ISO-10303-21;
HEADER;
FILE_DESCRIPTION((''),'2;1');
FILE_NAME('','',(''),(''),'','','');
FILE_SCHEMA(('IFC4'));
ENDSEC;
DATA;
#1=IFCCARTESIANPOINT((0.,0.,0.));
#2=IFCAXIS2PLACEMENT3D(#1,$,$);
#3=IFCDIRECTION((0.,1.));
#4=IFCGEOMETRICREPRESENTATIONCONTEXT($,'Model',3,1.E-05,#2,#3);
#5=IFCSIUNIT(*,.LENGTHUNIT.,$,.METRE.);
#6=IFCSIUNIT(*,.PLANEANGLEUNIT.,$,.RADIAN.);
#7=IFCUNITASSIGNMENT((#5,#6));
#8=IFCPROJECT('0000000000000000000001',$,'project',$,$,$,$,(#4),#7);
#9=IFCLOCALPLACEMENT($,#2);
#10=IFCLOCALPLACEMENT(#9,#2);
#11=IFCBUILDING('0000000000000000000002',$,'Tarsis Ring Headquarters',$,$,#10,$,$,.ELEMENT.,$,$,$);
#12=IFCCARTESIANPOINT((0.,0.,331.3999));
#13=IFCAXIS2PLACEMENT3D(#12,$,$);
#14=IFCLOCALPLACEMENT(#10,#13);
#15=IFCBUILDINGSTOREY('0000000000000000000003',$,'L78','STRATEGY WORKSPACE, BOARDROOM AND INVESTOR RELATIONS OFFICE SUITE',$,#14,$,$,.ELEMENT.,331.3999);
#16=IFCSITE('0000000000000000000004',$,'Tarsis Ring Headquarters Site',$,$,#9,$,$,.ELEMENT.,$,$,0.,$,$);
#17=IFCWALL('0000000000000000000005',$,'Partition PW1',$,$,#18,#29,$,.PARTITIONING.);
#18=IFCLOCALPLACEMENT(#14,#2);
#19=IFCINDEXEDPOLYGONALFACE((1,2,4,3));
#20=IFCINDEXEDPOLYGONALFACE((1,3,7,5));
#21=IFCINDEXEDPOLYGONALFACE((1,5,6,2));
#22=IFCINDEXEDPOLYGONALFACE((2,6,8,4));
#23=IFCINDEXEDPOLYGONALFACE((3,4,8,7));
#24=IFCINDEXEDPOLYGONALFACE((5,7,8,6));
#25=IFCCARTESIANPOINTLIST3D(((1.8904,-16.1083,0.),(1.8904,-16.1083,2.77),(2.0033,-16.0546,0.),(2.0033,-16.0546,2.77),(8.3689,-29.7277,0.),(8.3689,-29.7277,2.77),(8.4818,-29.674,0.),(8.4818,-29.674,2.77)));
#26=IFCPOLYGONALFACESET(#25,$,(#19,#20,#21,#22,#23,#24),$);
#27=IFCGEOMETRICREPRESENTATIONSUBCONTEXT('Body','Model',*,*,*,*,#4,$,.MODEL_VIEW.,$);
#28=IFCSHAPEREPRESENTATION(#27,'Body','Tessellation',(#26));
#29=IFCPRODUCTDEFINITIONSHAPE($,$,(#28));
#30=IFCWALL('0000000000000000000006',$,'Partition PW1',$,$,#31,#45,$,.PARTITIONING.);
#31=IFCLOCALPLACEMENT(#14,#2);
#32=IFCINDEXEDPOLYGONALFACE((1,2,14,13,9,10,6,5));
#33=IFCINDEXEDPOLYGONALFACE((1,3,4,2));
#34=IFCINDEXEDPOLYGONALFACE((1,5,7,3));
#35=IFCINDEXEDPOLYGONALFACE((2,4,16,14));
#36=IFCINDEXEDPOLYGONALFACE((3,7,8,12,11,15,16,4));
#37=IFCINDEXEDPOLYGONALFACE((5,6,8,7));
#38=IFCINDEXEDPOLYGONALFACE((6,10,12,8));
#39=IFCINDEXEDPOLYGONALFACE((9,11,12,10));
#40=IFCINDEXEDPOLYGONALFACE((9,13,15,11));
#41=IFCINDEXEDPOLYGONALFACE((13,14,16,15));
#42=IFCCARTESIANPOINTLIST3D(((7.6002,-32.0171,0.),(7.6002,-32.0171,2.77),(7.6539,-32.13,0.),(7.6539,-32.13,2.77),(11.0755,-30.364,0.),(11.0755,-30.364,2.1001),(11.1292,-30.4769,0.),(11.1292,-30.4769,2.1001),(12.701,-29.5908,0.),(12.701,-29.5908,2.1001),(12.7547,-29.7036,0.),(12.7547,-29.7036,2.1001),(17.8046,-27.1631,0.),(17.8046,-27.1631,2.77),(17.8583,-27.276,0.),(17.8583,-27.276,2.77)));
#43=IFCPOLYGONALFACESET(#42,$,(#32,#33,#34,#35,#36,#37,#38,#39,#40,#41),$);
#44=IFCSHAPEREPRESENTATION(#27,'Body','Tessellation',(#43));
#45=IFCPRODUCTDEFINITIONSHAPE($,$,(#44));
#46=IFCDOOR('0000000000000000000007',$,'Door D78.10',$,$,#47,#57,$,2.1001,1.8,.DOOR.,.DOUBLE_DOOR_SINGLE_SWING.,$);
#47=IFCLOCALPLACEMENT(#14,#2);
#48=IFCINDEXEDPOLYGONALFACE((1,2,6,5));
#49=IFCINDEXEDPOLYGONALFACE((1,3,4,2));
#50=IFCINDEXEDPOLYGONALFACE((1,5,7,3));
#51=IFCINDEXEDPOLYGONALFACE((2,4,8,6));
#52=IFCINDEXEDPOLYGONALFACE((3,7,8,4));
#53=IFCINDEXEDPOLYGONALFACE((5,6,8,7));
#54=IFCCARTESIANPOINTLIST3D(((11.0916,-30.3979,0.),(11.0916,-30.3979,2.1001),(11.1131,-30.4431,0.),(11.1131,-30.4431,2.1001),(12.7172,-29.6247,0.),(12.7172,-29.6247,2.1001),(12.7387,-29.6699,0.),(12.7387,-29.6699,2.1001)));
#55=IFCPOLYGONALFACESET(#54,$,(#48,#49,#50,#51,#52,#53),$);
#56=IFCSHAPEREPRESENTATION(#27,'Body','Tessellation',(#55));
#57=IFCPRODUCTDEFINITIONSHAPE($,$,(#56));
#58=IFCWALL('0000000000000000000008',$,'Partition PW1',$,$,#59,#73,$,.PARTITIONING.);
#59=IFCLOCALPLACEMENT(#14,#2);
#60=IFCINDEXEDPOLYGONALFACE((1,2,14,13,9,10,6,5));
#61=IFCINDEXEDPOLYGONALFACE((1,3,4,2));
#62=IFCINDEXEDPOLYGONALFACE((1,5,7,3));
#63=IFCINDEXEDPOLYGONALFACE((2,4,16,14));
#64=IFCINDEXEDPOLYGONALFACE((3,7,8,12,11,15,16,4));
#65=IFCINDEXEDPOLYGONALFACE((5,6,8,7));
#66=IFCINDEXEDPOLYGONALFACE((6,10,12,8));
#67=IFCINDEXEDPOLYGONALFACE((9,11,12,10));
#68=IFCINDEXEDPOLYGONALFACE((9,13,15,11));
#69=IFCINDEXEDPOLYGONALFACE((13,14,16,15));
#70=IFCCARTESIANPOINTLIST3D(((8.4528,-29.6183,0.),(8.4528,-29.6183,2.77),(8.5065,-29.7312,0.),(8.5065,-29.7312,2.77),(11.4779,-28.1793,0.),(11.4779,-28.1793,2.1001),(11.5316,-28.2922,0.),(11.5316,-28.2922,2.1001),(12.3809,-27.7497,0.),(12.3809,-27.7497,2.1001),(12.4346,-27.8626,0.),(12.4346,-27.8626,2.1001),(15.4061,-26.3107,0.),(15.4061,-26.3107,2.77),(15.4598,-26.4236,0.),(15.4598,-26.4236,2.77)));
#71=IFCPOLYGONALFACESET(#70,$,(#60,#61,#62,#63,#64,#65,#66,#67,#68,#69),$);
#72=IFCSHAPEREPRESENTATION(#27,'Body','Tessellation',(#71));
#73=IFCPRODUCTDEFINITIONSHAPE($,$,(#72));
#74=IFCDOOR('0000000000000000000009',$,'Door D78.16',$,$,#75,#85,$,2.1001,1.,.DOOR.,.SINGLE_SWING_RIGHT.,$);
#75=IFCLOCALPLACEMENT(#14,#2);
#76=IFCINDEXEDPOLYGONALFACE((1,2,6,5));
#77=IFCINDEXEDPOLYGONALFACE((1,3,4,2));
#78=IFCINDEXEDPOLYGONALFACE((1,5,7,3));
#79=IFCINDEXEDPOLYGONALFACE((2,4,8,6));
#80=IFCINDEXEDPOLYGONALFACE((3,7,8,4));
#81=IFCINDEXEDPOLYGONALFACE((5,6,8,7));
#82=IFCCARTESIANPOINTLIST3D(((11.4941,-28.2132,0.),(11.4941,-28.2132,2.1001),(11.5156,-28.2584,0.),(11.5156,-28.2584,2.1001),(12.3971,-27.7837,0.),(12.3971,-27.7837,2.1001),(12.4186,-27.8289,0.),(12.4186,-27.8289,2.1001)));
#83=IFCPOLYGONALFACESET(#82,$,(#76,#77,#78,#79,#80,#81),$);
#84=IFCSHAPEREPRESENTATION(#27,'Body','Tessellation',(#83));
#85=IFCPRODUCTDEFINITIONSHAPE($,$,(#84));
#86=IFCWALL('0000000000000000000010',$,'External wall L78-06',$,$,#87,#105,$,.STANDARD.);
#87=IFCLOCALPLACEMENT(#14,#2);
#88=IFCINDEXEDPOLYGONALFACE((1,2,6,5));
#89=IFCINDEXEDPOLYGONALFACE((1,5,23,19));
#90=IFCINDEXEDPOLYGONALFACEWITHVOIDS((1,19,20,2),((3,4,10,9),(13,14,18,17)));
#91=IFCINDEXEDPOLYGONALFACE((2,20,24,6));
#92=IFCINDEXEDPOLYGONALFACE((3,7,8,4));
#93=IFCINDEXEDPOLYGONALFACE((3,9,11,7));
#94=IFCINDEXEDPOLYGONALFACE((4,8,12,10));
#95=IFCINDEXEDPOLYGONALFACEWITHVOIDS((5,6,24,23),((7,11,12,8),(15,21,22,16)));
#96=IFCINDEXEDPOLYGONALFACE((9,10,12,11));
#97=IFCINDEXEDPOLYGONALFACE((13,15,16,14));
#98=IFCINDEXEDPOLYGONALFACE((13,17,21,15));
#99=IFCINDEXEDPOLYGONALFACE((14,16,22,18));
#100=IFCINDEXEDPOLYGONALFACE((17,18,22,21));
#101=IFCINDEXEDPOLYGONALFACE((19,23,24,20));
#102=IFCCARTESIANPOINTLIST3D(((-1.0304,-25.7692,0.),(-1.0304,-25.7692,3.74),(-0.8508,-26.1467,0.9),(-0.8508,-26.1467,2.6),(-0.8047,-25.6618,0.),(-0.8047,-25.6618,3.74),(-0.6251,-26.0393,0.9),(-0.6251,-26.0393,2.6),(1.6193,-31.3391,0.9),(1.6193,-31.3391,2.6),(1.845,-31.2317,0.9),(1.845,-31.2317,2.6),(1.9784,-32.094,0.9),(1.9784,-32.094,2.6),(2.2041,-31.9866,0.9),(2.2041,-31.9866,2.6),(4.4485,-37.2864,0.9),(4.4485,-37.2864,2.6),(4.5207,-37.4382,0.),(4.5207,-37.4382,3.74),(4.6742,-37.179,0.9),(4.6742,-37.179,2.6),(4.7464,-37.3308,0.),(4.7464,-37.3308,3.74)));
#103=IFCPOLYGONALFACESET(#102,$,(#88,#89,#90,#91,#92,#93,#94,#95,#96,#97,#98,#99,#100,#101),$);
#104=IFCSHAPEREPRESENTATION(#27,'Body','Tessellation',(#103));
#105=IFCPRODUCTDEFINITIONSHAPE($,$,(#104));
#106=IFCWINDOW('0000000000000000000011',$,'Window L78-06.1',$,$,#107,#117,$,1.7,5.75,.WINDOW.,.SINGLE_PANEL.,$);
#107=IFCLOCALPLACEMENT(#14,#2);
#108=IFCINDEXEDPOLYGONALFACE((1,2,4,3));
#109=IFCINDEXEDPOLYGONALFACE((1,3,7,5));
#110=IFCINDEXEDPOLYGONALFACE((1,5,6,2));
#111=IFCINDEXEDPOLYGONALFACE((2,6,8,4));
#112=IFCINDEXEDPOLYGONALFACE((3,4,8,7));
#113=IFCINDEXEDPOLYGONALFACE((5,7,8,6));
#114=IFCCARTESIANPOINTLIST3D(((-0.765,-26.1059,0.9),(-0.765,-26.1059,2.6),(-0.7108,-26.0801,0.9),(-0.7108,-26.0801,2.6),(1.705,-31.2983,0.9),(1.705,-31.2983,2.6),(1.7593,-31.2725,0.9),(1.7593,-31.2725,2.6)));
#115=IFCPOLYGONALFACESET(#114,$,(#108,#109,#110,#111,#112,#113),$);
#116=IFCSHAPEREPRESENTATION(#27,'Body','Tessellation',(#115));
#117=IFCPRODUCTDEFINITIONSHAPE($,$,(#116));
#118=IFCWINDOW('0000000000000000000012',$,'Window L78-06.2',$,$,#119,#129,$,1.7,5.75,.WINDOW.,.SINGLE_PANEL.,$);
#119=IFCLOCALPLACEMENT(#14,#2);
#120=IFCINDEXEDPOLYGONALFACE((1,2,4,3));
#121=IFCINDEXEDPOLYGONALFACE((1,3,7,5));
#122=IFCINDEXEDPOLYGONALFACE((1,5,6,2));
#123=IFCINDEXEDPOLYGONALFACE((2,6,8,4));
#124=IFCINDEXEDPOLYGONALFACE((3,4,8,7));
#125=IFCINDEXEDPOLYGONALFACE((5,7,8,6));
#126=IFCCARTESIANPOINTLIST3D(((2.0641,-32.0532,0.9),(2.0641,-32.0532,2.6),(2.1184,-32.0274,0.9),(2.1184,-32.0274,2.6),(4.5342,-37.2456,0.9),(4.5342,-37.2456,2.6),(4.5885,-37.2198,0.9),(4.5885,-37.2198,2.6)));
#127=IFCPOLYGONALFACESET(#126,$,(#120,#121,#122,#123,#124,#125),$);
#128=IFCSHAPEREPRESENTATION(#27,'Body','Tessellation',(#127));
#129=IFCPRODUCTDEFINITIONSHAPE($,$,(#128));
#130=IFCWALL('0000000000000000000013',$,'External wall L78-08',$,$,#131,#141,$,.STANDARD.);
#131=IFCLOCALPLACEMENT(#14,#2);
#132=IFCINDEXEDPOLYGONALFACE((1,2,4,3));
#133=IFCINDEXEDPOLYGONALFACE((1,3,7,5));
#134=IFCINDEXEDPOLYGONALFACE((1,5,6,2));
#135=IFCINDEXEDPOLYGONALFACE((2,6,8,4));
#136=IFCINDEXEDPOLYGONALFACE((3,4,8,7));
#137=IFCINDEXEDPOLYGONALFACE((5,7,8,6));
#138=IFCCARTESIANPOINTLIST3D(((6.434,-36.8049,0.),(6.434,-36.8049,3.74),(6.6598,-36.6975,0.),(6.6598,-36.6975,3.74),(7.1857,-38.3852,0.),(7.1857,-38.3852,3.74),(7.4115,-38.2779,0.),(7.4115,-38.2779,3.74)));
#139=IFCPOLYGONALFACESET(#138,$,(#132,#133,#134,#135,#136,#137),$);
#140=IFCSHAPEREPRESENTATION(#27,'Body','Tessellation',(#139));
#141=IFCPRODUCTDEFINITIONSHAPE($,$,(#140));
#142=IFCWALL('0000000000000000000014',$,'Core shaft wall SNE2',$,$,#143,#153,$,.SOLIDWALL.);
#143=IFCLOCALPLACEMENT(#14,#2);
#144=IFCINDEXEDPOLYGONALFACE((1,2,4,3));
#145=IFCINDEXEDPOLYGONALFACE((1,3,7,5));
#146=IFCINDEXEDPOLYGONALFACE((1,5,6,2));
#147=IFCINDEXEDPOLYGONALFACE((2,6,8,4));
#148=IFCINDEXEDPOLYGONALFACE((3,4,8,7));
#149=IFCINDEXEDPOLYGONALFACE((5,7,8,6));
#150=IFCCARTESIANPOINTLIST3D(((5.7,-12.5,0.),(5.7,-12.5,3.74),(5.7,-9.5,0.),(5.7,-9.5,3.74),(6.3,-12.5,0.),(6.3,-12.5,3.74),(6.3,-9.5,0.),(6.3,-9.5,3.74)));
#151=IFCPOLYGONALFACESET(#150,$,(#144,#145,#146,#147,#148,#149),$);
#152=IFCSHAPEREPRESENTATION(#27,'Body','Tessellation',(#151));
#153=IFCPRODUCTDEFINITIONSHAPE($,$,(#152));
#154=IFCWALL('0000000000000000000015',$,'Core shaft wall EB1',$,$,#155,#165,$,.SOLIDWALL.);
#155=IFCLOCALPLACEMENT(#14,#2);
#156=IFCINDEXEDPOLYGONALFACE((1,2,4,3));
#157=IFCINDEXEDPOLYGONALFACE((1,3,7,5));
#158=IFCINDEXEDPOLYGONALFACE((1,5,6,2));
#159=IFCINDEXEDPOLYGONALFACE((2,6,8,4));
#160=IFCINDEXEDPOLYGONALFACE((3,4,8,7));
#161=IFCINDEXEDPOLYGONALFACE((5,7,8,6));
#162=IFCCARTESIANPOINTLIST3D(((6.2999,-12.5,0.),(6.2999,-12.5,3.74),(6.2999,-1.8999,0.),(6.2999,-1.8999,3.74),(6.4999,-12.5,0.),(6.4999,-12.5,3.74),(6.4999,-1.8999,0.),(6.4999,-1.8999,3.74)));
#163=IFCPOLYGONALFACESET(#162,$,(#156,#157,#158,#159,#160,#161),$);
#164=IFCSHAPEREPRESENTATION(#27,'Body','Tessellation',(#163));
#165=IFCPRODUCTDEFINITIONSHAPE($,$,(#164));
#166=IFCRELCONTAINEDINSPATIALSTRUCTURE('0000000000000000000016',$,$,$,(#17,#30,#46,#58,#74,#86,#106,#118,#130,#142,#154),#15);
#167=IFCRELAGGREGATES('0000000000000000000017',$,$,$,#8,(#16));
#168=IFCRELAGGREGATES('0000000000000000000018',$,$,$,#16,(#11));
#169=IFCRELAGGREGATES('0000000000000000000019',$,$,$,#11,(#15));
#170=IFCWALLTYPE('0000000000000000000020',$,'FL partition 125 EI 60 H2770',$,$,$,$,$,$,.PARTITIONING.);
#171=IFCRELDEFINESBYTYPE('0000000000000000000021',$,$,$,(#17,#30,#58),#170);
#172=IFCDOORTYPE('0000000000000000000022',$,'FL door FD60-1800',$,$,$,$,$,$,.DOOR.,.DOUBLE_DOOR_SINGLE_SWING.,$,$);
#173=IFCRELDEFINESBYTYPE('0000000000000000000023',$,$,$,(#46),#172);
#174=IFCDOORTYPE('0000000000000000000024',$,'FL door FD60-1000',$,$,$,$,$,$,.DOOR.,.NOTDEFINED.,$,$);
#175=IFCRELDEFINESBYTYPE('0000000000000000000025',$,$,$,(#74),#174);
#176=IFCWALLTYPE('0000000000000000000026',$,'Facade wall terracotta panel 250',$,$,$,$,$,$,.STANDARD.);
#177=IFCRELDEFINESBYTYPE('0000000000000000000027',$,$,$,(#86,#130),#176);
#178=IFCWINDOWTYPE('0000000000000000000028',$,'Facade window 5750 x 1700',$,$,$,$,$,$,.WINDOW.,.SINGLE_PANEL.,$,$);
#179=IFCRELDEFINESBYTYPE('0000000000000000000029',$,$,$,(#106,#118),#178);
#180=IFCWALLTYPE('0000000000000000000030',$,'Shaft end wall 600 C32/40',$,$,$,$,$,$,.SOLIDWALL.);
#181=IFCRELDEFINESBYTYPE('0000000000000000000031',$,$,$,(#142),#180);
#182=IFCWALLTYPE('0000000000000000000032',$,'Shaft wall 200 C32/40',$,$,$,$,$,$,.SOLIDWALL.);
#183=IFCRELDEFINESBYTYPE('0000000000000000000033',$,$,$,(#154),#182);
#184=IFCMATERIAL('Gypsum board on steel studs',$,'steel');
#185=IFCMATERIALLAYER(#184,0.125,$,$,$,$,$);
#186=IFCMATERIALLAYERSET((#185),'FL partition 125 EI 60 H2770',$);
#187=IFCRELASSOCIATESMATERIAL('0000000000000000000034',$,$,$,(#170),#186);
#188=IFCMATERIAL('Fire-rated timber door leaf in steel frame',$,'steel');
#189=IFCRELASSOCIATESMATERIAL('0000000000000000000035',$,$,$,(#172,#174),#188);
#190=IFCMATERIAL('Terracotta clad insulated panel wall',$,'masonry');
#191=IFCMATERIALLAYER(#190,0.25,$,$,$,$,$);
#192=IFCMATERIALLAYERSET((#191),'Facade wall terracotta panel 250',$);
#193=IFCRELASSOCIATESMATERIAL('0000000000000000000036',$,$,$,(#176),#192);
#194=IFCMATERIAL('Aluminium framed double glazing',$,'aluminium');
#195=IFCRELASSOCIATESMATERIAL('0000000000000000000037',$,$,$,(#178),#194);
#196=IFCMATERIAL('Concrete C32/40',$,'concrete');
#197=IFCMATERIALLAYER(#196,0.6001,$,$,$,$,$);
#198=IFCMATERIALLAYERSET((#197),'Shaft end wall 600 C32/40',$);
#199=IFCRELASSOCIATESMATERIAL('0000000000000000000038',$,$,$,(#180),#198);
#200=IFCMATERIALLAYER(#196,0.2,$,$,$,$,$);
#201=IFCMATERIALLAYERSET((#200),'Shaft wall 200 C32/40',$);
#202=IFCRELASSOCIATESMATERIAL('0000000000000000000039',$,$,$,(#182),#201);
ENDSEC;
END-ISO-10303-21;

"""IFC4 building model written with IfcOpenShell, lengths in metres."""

from ifc_helpers import new_model, si_unit, direction, frame, frame_2d, origin, place, context, subcontext, project, spatial, rectangle, extrude, material, layer, layer_set, type_object, element, fill, save


model = new_model("IFC4")

# Units and contexts
model_context = context("Model", 3, precision=1e-05, world=origin(), true_north=direction((0.0, 1.0)))
body_context = subcontext(model_context, "Body", "Model", "MODEL_VIEW")
ifc_project = project(units=[si_unit("LENGTHUNIT", "METRE"), si_unit("PLANEANGLEUNIT", "RADIAN")], contexts=[model_context])

# Site, building, storey
site_placement = place(None, origin())
site = spatial("IfcSite", under=ifc_project, at=site_placement, Name="Tarsis Ring Headquarters Site", CompositionType="ELEMENT", RefElevation=0.0)
building_placement = place(site_placement, origin())
building = spatial("IfcBuilding", under=site, at=building_placement, Name="Tarsis Ring Headquarters", CompositionType="ELEMENT")
storey_placement = place(building_placement, frame((0.0, 0.0, 331.3999)))
storey = spatial("IfcBuildingStorey", under=building, at=storey_placement, Name="L78", Description="STRATEGY WORKSPACE, BOARDROOM AND INVESTOR RELATIONS OFFICE SUITE", CompositionType="ELEMENT", Elevation=331.3999)

# Wall
ifc_material_1 = material(Name="Gypsum board on steel studs", Category="steel")
ifc_layer_1 = layer(ifc_material_1, 0.125)
ifc_layer_set_1 = layer_set([ifc_layer_1], Name="FL partition 125 EI 60 H2770")
wall_type_1 = type_object("IfcWallType", Name="FL partition 125 EI 60 H2770", PredefinedType="PARTITIONING", material=ifc_layer_set_1)
wall_1_placement = place(storey_placement, frame((1.9468, -16.0813, 0.0), z_axis=(0.0, 0.0, 1.0), x_axis=(0.42956, -0.903038, 0.0)))
element("IfcWall", 1, at=wall_1_placement, inside=storey, type_object=wall_type_1, Name="Partition PW1", PredefinedType="PARTITIONING", context=body_context, shape_type="SweptSolid", body=[
    extrude(rectangle(XDim=15.0818, YDim=0.125, at=frame_2d((7.541, 0.0))), origin(), (0.0, 0.0, 1.0), 2.77),
])

# Walls, openings, doors
wall_2_placement = place(storey_placement, frame((7.6272, -32.0735, 0.0), z_axis=(0.0, 0.0, 1.0), x_axis=(0.903039, 0.429558, 0.0)))
wall_2 = element("IfcWall", 2, at=wall_2_placement, inside=storey, type_object=wall_type_1, Name="Partition PW1", PredefinedType="PARTITIONING", context=body_context, shape_type="SweptSolid", body=[
    extrude(rectangle(XDim=11.3, YDim=0.125, at=frame_2d((5.6499, 0.0))), origin(), (0.0, 0.0, 1.0), 2.77),
])
opening_1_placement = place(wall_2_placement, frame((3.8484, 0.0, 0.0)))
opening_1 = element("IfcOpeningElement", 3, at=opening_1_placement, cuts=wall_2, PredefinedType="OPENING", context=body_context, shape_type="SweptSolid", body=[
    extrude(rectangle(XDim=1.8, YDim=2.1001, at=frame_2d((0.8999, 1.05))), frame((0.0, 0.0725, 0.0), z_axis=(0.0, -1.0, 0.0), x_axis=(1.0, 0.0, 0.0)), (0.0, 0.0, 1.0), 0.145),
])
ifc_material_2 = material(Name="Fire-rated timber door leaf in steel frame", Category="steel")
door_type_1 = type_object("IfcDoorType", Name="FL door FD60-1800", OperationType="DOUBLE_DOOR_SINGLE_SWING", PredefinedType="DOOR", material=ifc_material_2)
door_1_placement = place(opening_1_placement, origin())
door_1 = element("IfcDoor", 4, at=door_1_placement, inside=storey, type_object=door_type_1, Name="Door D78.10", OperationType="DOUBLE_DOOR_SINGLE_SWING", OverallHeight=2.1001, OverallWidth=1.8, PredefinedType="DOOR", context=body_context, shape_type="SweptSolid", body=[
    extrude(rectangle(XDim=1.8, YDim=2.1001, at=frame_2d((0.8999, 1.05))), frame((0.0, 0.0249, 0.0), z_axis=(0.0, -1.0, 0.0), x_axis=(1.0, 0.0, 0.0)), (0.0, 0.0, 1.0), 0.05),
])
fill(opening_1, door_1)
wall_3_placement = place(storey_placement, frame((8.4795, -29.6748, 0.0), z_axis=(0.0, 0.0, 1.0), x_axis=(0.903037, 0.429562, 0.0)))
wall_3 = element("IfcWall", 5, at=wall_3_placement, inside=storey, type_object=wall_type_1, Name="Partition PW1", PredefinedType="PARTITIONING", context=body_context, shape_type="SweptSolid", body=[
    extrude(rectangle(XDim=7.7, YDim=0.125, at=frame_2d((3.8501, 0.0))), origin(), (0.0, 0.0, 1.0), 2.77),
])
opening_2_placement = place(wall_3_placement, frame((3.3501, 0.0, 0.0)))
opening_2 = element("IfcOpeningElement", 6, at=opening_2_placement, cuts=wall_3, PredefinedType="OPENING", context=body_context, shape_type="SweptSolid", body=[
    extrude(rectangle(XDim=1.0, YDim=2.1001, at=frame_2d((0.5, 1.05))), frame((0.0, 0.0725, 0.0), z_axis=(0.0, -1.0, 0.0), x_axis=(1.0, 0.0, 0.0)), (0.0, 0.0, 1.0), 0.145),
])
door_type_2 = type_object("IfcDoorType", Name="FL door FD60-1000", OperationType="NOTDEFINED", PredefinedType="DOOR", material=ifc_material_2)
door_2_placement = place(opening_2_placement, origin())
door_2 = element("IfcDoor", 7, at=door_2_placement, inside=storey, type_object=door_type_2, Name="Door D78.16", OperationType="SINGLE_SWING_RIGHT", OverallHeight=2.1001, OverallWidth=1.0, PredefinedType="DOOR", context=body_context, shape_type="SweptSolid", body=[
    extrude(rectangle(XDim=1.0, YDim=2.1001, at=frame_2d((0.5, 1.05))), frame((0.0, 0.0249, 0.0), z_axis=(0.0, -1.0, 0.0), x_axis=(1.0, 0.0, 0.0)), (0.0, 0.0, 1.0), 0.05),
])
fill(opening_2, door_2)

# Wall, openings, windows
ifc_material_3 = material(Name="Terracotta clad insulated panel wall", Category="masonry")
ifc_layer_2 = layer(ifc_material_3, 0.25)
ifc_layer_set_2 = layer_set([ifc_layer_2], Name="Facade wall terracotta panel 250")
wall_type_2 = type_object("IfcWallType", Name="Facade wall terracotta panel 250", PredefinedType="STANDARD", material=ifc_layer_set_2)
wall_4_placement = place(storey_placement, frame((-0.9175, -25.7156, 0.0), z_axis=(0.0, 0.0, 1.0), x_axis=(0.429579, -0.903029, 0.0)))
wall_4 = element("IfcWall", 8, at=wall_4_placement, inside=storey, type_object=wall_type_2, Name="External wall L78-06", PredefinedType="STANDARD", context=body_context, shape_type="SweptSolid", body=[
    extrude(rectangle(XDim=12.9221, YDim=0.25, at=frame_2d((6.4609, 0.0))), origin(), (0.0, 0.0, 1.0), 3.74),
])
opening_3_placement = place(wall_4_placement, frame((0.418, 0.0, 0.8999)))
opening_3 = element("IfcOpeningElement", 9, at=opening_3_placement, cuts=wall_4, PredefinedType="OPENING", context=body_context, shape_type="SweptSolid", body=[
    extrude(rectangle(XDim=5.75, YDim=1.7, at=frame_2d((2.875, 0.8501))), frame((0.0, 0.135, 0.0), z_axis=(0.0, -1.0, 0.0), x_axis=(1.0, 0.0, 0.0)), (0.0, 0.0, 1.0), 0.27),
])
opening_4_placement = place(wall_4_placement, frame((7.0039, 0.0, 0.8999)))
opening_4 = element("IfcOpeningElement", 10, at=opening_4_placement, cuts=wall_4, PredefinedType="OPENING", context=body_context, shape_type="SweptSolid", body=[
    extrude(rectangle(XDim=5.75, YDim=1.7, at=frame_2d((2.875, 0.8501))), frame((0.0, 0.135, 0.0), z_axis=(0.0, -1.0, 0.0), x_axis=(1.0, 0.0, 0.0)), (0.0, 0.0, 1.0), 0.27),
])
ifc_material_4 = material(Name="Aluminium framed double glazing", Category="aluminium")
window_type = type_object("IfcWindowType", Name="Facade window 5750 x 1700", PartitioningType="SINGLE_PANEL", PredefinedType="WINDOW", material=ifc_material_4)
window_1_placement = place(opening_3_placement, origin())
window_1 = element("IfcWindow", 11, at=window_1_placement, inside=storey, type_object=window_type, Name="Window L78-06.1", OverallHeight=1.7, OverallWidth=5.75, PartitioningType="SINGLE_PANEL", PredefinedType="WINDOW", context=body_context, shape_type="SweptSolid", body=[
    extrude(rectangle(XDim=5.75, YDim=1.7, at=frame_2d((2.875, 0.8501))), frame((0.0, 0.03, 0.0), z_axis=(0.0, -1.0, 0.0), x_axis=(1.0, 0.0, 0.0)), (0.0, 0.0, 1.0), 0.0601),
])
fill(opening_3, window_1)
window_2_placement = place(opening_4_placement, origin())
window_2 = element("IfcWindow", 12, at=window_2_placement, inside=storey, type_object=window_type, Name="Window L78-06.2", OverallHeight=1.7, OverallWidth=5.75, PartitioningType="SINGLE_PANEL", PredefinedType="WINDOW", context=body_context, shape_type="SweptSolid", body=[
    extrude(rectangle(XDim=5.75, YDim=1.7, at=frame_2d((2.875, 0.8501))), frame((0.0, 0.03, 0.0), z_axis=(0.0, -1.0, 0.0), x_axis=(1.0, 0.0, 0.0)), (0.0, 0.0, 1.0), 0.0601),
])
fill(opening_4, window_2)

# Walls
wall_5_placement = place(storey_placement, frame((6.5469, -36.7512, 0.0), z_axis=(0.0, 0.0, 1.0), x_axis=(0.429549, -0.903044, 0.0)))
element("IfcWall", 13, at=wall_5_placement, inside=storey, type_object=wall_type_2, Name="External wall L78-08", PredefinedType="STANDARD", context=body_context, shape_type="SweptSolid", body=[
    extrude(rectangle(XDim=1.75, YDim=0.25, at=frame_2d((0.875, 0.0))), origin(), (0.0, 0.0, 1.0), 3.74),
])
ifc_material_5 = material(Name="Concrete C32/40", Category="concrete")
ifc_layer_3 = layer(ifc_material_5, 0.6001)
ifc_layer_set_3 = layer_set([ifc_layer_3], Name="Shaft end wall 600 C32/40")
wall_type_3 = type_object("IfcWallType", Name="Shaft end wall 600 C32/40", PredefinedType="SOLIDWALL", material=ifc_layer_set_3)
wall_6_placement = place(storey_placement, frame((6.0, -12.5, 0.0), z_axis=(0.0, 0.0, 1.0), x_axis=(0.0, 1.0, 0.0)))
element("IfcWall", 14, at=wall_6_placement, inside=storey, type_object=wall_type_3, Name="Core shaft wall SNE2", PredefinedType="SOLIDWALL", context=body_context, shape_type="SweptSolid", body=[
    extrude(rectangle(XDim=3.0, YDim=0.6001, at=frame_2d((1.5, 0.0))), origin(), (0.0, 0.0, 1.0), 3.74),
])
ifc_layer_4 = layer(ifc_material_5, 0.2)
ifc_layer_set_4 = layer_set([ifc_layer_4], Name="Shaft wall 200 C32/40")
wall_type_4 = type_object("IfcWallType", Name="Shaft wall 200 C32/40", PredefinedType="SOLIDWALL", material=ifc_layer_set_4)
wall_7_placement = place(storey_placement, frame((6.3999, -12.5, 0.0), z_axis=(0.0, 0.0, 1.0), x_axis=(0.0, 1.0, 0.0)))
element("IfcWall", 15, at=wall_7_placement, inside=storey, type_object=wall_type_4, Name="Core shaft wall EB1", PredefinedType="SOLIDWALL", context=body_context, shape_type="SweptSolid", body=[
    extrude(rectangle(XDim=10.6001, YDim=0.2, at=frame_2d((5.3, 0.0))), origin(), (0.0, 0.0, 1.0), 3.74),
])

save(model, "model.ifc")
